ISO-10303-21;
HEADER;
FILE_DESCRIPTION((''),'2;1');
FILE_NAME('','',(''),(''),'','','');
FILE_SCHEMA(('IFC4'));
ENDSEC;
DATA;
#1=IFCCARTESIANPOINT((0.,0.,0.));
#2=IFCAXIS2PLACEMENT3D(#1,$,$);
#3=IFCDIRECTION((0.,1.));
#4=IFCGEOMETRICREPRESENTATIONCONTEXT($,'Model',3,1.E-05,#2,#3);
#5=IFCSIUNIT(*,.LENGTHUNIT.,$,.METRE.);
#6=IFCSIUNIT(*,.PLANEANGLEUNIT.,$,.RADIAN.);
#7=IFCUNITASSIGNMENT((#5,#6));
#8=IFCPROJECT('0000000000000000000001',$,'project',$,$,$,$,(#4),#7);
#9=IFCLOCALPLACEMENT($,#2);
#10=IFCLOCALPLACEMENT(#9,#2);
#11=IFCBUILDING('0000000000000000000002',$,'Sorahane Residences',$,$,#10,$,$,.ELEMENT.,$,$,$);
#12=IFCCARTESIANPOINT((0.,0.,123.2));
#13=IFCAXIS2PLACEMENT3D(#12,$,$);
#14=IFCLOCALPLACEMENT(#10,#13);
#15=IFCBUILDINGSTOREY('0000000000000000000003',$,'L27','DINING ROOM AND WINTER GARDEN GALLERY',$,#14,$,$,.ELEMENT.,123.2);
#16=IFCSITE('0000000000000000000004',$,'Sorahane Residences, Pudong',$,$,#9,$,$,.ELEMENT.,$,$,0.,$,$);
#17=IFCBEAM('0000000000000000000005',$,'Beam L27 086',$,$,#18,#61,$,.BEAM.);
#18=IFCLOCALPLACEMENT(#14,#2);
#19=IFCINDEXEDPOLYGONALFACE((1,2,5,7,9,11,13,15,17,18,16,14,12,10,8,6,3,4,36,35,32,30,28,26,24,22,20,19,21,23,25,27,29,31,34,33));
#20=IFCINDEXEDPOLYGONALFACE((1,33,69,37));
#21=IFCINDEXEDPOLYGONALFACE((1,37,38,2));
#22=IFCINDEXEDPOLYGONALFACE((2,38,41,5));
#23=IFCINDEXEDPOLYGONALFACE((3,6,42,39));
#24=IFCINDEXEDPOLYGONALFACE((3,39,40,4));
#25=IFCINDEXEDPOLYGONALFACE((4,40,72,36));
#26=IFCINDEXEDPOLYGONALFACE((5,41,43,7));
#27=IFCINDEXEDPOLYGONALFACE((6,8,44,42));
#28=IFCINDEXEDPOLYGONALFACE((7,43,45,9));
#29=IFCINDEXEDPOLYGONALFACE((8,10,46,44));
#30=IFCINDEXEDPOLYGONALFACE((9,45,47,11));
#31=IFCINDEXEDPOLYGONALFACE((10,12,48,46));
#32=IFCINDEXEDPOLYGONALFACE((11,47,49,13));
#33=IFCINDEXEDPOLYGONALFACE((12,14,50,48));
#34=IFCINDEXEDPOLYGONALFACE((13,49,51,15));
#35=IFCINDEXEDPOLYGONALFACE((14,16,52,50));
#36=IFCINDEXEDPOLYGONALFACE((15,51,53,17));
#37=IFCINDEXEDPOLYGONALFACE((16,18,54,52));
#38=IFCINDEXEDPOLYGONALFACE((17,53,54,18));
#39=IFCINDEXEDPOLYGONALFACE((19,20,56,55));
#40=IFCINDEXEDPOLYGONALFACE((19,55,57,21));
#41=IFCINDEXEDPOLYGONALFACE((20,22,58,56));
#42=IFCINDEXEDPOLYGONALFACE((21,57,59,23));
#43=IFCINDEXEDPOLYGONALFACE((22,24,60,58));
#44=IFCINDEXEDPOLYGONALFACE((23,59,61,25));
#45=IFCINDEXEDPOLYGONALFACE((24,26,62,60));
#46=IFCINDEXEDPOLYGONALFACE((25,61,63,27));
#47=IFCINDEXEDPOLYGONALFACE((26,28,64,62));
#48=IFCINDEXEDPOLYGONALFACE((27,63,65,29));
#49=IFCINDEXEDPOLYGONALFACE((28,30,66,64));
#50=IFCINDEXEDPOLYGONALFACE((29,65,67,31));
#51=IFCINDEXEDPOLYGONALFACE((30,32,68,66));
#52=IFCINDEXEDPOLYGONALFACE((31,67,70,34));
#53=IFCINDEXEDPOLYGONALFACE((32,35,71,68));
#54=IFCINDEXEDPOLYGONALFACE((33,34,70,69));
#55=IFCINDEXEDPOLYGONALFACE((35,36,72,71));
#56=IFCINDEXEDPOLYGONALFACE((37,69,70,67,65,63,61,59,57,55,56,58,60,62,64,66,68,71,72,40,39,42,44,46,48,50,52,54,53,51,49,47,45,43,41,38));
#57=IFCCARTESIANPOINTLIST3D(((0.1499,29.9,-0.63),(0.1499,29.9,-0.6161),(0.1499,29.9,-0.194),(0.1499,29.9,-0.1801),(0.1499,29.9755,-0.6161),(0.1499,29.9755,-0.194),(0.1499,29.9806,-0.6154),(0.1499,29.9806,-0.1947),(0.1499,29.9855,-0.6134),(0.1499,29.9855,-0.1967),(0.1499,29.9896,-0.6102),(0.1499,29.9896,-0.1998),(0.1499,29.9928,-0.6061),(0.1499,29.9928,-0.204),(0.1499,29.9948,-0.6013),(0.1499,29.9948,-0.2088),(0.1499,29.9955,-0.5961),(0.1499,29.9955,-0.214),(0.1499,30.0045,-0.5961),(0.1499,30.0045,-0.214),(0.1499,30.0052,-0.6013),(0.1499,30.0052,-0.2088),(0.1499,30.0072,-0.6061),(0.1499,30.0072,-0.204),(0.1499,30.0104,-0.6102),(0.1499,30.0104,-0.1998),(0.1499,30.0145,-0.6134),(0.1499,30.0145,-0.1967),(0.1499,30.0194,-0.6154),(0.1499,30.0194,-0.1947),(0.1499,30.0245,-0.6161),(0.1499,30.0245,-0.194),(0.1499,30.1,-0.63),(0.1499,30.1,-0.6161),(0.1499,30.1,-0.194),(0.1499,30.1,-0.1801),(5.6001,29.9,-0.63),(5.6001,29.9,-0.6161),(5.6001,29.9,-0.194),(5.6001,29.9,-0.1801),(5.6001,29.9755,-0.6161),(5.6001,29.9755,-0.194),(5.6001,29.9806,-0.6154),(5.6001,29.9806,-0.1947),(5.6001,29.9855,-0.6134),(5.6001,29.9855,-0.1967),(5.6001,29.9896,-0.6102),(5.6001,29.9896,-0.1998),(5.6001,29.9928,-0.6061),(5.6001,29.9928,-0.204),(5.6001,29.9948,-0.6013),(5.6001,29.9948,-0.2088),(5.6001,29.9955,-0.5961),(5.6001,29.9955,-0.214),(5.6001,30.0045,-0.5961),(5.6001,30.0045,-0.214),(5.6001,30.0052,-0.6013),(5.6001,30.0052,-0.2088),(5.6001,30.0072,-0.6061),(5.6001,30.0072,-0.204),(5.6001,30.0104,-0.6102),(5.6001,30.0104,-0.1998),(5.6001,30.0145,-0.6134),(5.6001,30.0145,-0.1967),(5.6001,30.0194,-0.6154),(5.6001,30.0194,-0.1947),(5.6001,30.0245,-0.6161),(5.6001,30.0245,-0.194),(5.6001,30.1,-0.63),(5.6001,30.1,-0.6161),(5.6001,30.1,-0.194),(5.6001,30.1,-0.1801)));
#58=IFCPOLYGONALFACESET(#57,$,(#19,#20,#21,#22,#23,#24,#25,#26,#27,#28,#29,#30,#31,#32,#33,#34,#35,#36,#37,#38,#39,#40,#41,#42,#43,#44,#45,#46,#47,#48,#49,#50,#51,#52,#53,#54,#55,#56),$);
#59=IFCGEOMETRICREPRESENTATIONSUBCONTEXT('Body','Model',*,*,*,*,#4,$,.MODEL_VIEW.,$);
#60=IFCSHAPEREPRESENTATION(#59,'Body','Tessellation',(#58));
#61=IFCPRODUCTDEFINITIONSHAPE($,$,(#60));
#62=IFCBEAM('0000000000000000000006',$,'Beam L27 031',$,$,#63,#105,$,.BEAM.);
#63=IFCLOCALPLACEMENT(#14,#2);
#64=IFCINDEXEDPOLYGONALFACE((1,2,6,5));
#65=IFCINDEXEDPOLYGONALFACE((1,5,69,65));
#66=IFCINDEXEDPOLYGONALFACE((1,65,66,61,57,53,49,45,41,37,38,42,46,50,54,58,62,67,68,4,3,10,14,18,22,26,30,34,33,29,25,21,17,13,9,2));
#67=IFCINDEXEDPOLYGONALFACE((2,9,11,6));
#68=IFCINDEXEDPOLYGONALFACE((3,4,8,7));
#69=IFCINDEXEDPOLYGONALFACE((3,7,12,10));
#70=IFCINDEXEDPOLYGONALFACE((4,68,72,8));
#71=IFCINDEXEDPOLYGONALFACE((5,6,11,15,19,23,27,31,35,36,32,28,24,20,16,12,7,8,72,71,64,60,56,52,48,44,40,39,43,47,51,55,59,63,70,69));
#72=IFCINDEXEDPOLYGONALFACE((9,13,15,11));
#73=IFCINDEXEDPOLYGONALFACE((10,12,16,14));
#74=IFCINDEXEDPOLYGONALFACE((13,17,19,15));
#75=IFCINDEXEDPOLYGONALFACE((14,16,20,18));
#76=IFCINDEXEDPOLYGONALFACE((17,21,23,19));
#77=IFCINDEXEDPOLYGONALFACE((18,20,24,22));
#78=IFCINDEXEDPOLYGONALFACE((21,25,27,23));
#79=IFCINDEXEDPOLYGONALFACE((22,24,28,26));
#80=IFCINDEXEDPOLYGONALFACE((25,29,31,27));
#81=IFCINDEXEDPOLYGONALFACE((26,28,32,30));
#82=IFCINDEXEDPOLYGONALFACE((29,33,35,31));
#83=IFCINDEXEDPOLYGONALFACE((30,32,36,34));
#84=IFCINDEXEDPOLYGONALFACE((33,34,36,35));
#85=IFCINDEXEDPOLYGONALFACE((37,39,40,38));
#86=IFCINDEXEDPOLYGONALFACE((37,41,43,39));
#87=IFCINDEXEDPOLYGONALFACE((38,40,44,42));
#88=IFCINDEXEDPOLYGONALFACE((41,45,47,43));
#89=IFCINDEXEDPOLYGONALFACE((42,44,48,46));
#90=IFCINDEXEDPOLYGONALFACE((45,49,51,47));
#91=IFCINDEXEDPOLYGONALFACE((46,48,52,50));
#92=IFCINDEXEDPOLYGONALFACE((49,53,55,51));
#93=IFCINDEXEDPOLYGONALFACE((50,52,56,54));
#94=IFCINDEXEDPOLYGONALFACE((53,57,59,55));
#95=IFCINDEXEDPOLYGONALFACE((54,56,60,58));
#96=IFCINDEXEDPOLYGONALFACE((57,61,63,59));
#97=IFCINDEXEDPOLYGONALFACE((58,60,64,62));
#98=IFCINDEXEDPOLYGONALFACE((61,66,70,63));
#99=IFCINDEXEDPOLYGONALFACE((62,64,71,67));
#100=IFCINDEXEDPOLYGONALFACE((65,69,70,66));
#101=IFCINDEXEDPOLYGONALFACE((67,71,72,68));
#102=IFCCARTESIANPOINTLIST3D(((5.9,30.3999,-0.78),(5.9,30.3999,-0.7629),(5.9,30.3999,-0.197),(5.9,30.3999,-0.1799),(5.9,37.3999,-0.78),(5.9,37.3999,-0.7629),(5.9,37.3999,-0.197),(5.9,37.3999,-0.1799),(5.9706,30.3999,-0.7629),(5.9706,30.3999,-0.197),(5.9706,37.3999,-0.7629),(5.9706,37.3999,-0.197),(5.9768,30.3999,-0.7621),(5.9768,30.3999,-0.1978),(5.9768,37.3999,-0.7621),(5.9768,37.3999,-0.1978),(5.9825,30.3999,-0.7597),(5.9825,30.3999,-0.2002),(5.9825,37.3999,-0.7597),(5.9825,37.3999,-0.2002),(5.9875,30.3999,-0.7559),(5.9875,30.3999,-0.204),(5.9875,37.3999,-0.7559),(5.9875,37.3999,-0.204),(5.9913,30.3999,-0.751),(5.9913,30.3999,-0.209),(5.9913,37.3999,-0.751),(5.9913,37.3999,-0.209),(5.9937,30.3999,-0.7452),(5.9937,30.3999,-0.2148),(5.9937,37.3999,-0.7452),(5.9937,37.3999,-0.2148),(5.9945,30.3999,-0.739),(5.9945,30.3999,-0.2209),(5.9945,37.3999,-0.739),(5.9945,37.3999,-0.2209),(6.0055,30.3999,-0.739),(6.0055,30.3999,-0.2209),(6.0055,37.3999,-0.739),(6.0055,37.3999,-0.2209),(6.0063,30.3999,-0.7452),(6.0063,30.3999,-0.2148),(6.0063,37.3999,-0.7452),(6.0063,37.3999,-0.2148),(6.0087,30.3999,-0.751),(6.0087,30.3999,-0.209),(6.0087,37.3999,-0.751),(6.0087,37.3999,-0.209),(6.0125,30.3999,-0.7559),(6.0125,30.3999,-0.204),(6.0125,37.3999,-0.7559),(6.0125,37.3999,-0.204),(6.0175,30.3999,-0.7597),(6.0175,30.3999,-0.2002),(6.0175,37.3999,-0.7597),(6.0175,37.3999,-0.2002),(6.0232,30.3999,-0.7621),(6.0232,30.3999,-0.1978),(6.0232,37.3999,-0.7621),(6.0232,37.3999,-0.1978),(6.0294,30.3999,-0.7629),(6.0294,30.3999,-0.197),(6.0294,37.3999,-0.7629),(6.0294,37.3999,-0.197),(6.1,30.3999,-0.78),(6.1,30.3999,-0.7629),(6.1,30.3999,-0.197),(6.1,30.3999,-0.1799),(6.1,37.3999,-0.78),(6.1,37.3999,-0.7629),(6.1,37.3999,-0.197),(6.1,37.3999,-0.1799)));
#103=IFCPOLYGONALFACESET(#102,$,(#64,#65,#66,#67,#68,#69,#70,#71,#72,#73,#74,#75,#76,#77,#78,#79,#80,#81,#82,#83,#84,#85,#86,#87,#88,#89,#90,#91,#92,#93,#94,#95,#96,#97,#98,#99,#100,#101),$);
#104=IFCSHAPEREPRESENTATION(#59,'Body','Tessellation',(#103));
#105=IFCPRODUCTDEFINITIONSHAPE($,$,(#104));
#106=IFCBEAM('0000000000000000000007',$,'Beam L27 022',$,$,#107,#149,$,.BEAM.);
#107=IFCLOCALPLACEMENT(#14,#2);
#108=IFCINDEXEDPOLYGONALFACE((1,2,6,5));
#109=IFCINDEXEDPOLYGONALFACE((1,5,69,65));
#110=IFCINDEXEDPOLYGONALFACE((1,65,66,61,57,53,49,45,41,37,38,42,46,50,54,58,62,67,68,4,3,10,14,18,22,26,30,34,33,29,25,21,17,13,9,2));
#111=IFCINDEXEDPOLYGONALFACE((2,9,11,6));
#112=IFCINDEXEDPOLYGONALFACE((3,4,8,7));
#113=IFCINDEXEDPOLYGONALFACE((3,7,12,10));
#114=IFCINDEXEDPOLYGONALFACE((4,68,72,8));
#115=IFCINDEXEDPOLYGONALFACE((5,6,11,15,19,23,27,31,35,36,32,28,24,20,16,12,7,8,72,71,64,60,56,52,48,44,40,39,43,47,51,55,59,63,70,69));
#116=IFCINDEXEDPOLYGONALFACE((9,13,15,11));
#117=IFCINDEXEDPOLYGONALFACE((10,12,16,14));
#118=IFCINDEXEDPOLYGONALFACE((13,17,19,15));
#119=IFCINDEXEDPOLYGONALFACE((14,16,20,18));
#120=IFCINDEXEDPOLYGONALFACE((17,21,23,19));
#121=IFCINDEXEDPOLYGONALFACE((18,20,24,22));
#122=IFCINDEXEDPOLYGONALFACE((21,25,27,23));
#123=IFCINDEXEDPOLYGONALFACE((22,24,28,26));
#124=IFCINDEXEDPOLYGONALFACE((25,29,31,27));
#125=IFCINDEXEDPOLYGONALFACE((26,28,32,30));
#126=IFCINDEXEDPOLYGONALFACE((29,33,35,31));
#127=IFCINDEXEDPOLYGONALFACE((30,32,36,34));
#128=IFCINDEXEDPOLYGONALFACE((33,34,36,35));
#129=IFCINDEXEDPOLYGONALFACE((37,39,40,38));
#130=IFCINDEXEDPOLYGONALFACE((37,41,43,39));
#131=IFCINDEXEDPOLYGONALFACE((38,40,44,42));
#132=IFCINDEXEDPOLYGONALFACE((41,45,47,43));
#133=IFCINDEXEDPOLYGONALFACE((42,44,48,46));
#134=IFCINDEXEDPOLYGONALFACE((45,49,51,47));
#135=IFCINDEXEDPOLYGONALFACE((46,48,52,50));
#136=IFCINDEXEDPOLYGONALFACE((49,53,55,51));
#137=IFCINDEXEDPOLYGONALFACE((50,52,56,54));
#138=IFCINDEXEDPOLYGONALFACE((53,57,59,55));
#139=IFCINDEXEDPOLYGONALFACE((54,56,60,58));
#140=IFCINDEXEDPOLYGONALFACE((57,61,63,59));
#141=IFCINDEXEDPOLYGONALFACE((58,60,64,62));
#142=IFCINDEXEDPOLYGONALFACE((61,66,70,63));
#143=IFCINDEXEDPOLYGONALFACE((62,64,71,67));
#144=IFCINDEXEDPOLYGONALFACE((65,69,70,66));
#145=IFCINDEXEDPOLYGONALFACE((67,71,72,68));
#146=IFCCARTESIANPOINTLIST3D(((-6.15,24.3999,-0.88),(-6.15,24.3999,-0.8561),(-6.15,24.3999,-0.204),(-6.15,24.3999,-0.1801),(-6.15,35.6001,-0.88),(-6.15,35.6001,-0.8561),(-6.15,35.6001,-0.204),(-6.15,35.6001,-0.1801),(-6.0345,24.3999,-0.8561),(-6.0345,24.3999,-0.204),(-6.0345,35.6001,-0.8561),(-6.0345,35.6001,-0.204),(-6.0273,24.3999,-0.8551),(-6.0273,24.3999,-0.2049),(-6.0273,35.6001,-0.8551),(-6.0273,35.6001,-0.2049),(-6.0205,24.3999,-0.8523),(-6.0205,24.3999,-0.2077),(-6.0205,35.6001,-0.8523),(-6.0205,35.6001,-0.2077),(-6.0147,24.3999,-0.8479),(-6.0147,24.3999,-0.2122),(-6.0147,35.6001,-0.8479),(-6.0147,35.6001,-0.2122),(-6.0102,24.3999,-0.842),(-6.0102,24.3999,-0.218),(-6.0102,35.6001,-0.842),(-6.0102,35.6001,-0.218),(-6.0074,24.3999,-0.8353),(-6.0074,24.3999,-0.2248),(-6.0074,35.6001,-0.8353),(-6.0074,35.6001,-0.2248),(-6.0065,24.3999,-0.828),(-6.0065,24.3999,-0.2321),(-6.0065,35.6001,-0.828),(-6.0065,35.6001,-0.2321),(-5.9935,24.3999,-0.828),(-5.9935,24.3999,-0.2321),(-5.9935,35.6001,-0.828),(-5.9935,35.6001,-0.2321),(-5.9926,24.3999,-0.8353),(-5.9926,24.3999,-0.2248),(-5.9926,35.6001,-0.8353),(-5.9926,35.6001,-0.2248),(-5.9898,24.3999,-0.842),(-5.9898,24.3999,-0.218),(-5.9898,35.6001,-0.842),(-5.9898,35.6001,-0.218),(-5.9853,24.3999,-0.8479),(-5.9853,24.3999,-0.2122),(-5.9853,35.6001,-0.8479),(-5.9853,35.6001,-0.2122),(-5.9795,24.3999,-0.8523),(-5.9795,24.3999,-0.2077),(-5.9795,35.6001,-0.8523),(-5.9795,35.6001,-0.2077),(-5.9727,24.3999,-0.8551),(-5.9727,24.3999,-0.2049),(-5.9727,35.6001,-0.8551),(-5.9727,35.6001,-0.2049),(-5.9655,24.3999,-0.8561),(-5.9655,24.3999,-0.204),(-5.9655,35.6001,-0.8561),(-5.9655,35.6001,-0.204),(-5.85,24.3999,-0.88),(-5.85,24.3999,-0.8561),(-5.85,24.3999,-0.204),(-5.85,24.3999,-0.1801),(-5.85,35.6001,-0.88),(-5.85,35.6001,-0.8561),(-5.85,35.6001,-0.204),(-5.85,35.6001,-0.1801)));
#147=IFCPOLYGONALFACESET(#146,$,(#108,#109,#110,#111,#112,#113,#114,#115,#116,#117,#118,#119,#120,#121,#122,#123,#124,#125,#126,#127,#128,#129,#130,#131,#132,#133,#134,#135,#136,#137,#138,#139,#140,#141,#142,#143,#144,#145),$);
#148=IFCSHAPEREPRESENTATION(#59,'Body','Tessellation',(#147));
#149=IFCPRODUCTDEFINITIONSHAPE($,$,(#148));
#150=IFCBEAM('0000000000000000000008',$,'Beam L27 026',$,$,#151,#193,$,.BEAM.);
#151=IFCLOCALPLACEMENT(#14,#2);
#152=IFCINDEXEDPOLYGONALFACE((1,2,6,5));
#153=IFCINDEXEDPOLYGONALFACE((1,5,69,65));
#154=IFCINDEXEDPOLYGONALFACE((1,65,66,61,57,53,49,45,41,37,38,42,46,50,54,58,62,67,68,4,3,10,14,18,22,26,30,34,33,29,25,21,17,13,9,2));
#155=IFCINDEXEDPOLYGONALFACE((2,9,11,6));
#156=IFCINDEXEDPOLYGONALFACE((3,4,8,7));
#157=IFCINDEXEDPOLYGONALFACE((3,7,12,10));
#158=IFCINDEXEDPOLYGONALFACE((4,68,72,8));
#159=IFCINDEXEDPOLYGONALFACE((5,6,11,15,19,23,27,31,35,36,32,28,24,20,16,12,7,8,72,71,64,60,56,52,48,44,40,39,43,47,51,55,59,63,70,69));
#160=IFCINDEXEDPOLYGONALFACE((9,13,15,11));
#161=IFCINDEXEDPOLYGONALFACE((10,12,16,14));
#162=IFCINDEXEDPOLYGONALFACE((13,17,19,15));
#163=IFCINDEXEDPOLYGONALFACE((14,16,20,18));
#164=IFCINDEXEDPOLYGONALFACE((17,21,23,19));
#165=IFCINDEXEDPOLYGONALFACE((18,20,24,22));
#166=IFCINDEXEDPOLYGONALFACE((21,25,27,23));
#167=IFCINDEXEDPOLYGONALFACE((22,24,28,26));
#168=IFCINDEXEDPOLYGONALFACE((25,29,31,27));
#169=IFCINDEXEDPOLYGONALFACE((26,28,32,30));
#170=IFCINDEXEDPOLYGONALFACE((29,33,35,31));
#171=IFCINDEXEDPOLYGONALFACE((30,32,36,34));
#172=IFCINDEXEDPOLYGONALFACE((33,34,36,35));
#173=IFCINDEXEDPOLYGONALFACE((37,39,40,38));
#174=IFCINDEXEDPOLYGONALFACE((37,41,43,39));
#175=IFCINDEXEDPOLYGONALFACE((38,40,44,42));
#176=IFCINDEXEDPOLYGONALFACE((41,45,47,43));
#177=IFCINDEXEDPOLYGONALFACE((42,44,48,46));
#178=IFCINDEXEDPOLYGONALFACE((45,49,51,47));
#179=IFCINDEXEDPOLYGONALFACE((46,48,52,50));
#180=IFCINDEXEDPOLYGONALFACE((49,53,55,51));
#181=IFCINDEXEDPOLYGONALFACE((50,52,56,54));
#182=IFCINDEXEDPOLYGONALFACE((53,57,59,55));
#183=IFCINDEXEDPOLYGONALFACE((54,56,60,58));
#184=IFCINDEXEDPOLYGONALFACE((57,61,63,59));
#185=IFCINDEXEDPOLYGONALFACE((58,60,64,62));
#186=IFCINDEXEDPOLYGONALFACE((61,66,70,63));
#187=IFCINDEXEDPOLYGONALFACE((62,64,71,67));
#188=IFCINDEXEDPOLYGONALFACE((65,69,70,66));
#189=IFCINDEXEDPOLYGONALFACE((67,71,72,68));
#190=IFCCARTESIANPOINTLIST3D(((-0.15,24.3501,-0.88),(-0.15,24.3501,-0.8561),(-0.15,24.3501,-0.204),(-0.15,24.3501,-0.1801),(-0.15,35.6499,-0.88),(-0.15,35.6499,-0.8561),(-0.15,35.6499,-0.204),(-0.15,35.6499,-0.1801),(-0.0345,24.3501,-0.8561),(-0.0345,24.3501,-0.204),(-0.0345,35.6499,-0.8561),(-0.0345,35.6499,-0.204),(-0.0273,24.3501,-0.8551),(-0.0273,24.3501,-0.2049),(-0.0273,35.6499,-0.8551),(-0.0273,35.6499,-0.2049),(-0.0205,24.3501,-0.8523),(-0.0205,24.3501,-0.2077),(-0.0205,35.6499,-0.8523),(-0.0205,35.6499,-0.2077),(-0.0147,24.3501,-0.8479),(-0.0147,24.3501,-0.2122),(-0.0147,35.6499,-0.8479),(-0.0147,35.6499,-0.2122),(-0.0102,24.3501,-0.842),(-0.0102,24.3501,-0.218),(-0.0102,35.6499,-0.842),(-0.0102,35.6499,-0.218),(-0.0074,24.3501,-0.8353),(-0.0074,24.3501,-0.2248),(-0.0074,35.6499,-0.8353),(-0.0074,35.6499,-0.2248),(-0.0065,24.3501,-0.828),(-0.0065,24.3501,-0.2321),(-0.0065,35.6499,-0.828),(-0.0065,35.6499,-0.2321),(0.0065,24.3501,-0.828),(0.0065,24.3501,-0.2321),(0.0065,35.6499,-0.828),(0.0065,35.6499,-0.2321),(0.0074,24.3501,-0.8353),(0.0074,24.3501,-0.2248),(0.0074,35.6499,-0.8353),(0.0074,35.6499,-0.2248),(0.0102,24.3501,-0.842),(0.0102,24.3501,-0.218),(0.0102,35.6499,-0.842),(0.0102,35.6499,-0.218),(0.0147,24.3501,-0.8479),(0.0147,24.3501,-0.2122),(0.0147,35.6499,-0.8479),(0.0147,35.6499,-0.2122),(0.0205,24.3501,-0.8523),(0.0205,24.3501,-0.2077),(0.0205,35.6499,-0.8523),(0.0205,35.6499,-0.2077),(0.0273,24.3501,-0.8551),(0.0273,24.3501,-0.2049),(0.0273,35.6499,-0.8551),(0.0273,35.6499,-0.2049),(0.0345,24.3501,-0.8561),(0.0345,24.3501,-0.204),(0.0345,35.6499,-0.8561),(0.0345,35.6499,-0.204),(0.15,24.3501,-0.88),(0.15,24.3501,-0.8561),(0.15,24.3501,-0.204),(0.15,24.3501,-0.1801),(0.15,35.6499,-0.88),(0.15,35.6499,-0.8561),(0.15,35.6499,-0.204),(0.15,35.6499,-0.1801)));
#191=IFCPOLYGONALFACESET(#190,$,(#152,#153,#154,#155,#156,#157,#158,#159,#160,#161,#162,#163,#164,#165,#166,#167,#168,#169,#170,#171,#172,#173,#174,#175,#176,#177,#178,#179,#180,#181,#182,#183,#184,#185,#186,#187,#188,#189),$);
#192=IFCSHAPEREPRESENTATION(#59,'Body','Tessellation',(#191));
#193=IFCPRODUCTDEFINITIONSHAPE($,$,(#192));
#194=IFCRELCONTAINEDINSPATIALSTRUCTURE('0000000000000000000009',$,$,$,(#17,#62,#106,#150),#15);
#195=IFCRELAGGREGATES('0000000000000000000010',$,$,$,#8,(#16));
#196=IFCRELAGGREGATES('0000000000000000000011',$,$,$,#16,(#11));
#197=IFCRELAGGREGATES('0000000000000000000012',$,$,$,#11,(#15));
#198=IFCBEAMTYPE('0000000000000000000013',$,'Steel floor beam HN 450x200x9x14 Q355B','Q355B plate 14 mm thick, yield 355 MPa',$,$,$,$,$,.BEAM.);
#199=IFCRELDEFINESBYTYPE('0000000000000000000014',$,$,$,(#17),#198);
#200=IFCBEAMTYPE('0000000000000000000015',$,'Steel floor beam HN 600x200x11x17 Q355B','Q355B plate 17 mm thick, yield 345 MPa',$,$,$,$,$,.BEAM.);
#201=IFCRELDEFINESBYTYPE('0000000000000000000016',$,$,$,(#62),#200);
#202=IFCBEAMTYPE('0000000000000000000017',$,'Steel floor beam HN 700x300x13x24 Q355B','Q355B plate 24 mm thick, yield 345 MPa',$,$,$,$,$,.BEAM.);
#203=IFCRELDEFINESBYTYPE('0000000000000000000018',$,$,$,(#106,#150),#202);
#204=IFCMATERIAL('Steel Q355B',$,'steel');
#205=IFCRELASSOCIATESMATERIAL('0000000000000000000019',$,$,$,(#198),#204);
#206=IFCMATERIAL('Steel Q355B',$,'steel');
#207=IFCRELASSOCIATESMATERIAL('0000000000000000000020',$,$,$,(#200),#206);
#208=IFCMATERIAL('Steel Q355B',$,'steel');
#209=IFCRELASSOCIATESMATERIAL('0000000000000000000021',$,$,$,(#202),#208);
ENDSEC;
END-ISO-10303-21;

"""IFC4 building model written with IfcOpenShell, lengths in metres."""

from ifc_helpers import new_model, si_unit, direction, frame, origin, origin_2d, place, context, subcontext, project, spatial, i_section, extrude, material, material_profile, profile_set, type_object, element, save


model = new_model("IFC4")

# Units and contexts
model_context = context("Model", 3, precision=1e-05, world=origin(), true_north=direction((0.0, 1.0)))
body_context = subcontext(model_context, "Body", "Model", "MODEL_VIEW")
ifc_project = project(units=[si_unit("LENGTHUNIT", "METRE"), si_unit("PLANEANGLEUNIT", "RADIAN")], contexts=[model_context])

# Site, building, storey
site_placement = place(None, origin())
site = spatial("IfcSite", under=ifc_project, at=site_placement, Name="Sorahane Residences, Pudong", CompositionType="ELEMENT", RefElevation=0.0)
building_placement = place(site_placement, origin())
building = spatial("IfcBuilding", under=site, at=building_placement, Name="Sorahane Residences", CompositionType="ELEMENT")
storey_placement = place(building_placement, frame((0.0, 0.0, 123.2)))
storey = spatial("IfcBuildingStorey", under=building, at=storey_placement, Name="L27", Description="DINING ROOM AND WINTER GARDEN GALLERY", CompositionType="ELEMENT", Elevation=123.2)

# Beams
ifc_material_1 = material(Name="Steel Q355B", Category="steel")
ifc_material_profile_1 = material_profile(ifc_material_1, i_section(OverallWidth=0.2, OverallDepth=0.45, WebThickness=0.009, FlangeThickness=0.0139, FilletRadius=0.02, at=origin_2d()), Name="HN 450x200x9x14")
ifc_profile_set_1 = profile_set([ifc_material_profile_1], Name="Steel Q355B")
beam_type_1 = type_object("IfcBeamType", Name="Steel floor beam HN 450x200x9x14 Q355B", Description="Q355B plate 14 mm thick, yield 355 MPa", PredefinedType="BEAM", material=ifc_profile_set_1)
beam_1_placement = place(storey_placement, frame((0.1499, 30.0, -0.405), z_axis=(1.0, 0.0, 0.0), x_axis=(0.0, 1.0, 0.0)))
element("IfcBeam", 1, at=beam_1_placement, inside=storey, type_object=beam_type_1, Name="Beam L27 086", PredefinedType="BEAM", context=body_context, shape_type="SweptSolid", body=[
    extrude(i_section(OverallWidth=0.2, OverallDepth=0.45, WebThickness=0.009, FlangeThickness=0.0139, FilletRadius=0.02, at=origin_2d()), origin(), (0.0, 0.0, 1.0), 5.4502),
])
ifc_material_2 = material(Name="Steel Q355B", Category="steel")
ifc_material_profile_2 = material_profile(ifc_material_2, i_section(OverallWidth=0.2, OverallDepth=0.6001, WebThickness=0.011, FlangeThickness=0.0171, FilletRadius=0.0239, at=origin_2d()), Name="HN 600x200x11x17")
ifc_profile_set_2 = profile_set([ifc_material_profile_2], Name="Steel Q355B")
beam_type_2 = type_object("IfcBeamType", Name="Steel floor beam HN 600x200x11x17 Q355B", Description="Q355B plate 17 mm thick, yield 345 MPa", PredefinedType="BEAM", material=ifc_profile_set_2)
beam_2_placement = place(storey_placement, frame((6.0, 30.3999, -0.48), z_axis=(0.0, 1.0, 0.0), x_axis=(-1.0, 0.0, 0.0)))
element("IfcBeam", 2, at=beam_2_placement, inside=storey, type_object=beam_type_2, Name="Beam L27 031", PredefinedType="BEAM", context=body_context, shape_type="SweptSolid", body=[
    extrude(i_section(OverallWidth=0.2, OverallDepth=0.6001, WebThickness=0.011, FlangeThickness=0.0171, FilletRadius=0.0239, at=origin_2d()), origin(), (0.0, 0.0, 1.0), 7.0),
])
ifc_material_3 = material(Name="Steel Q355B", Category="steel")
ifc_material_profile_3 = material_profile(ifc_material_3, i_section(OverallWidth=0.3, OverallDepth=0.7, WebThickness=0.0129, FlangeThickness=0.0239, FilletRadius=0.0281, at=origin_2d()), Name="HN 700x300x13x24")
ifc_profile_set_3 = profile_set([ifc_material_profile_3], Name="Steel Q355B")
beam_type_3 = type_object("IfcBeamType", Name="Steel floor beam HN 700x300x13x24 Q355B", Description="Q355B plate 24 mm thick, yield 345 MPa", PredefinedType="BEAM", material=ifc_profile_set_3)
beam_3_placement = place(storey_placement, frame((-6.0, 24.3999, -0.53), z_axis=(0.0, 1.0, 0.0), x_axis=(-1.0, 0.0, 0.0)))
element("IfcBeam", 3, at=beam_3_placement, inside=storey, type_object=beam_type_3, Name="Beam L27 022", PredefinedType="BEAM", context=body_context, shape_type="SweptSolid", body=[
    extrude(i_section(OverallWidth=0.3, OverallDepth=0.7, WebThickness=0.0129, FlangeThickness=0.0239, FilletRadius=0.0281, at=origin_2d()), origin(), (0.0, 0.0, 1.0), 11.2002),
])
beam_4_placement = place(storey_placement, frame((0.0, 24.3501, -0.53), z_axis=(0.0, 1.0, 0.0), x_axis=(-1.0, 0.0, 0.0)))
element("IfcBeam", 4, at=beam_4_placement, inside=storey, type_object=beam_type_3, Name="Beam L27 026", PredefinedType="BEAM", context=body_context, shape_type="SweptSolid", body=[
    extrude(i_section(OverallWidth=0.3, OverallDepth=0.7, WebThickness=0.0129, FlangeThickness=0.0239, FilletRadius=0.0281, at=origin_2d()), origin(), (0.0, 0.0, 1.0), 11.2998),
])

save(model, "model.ifc")
